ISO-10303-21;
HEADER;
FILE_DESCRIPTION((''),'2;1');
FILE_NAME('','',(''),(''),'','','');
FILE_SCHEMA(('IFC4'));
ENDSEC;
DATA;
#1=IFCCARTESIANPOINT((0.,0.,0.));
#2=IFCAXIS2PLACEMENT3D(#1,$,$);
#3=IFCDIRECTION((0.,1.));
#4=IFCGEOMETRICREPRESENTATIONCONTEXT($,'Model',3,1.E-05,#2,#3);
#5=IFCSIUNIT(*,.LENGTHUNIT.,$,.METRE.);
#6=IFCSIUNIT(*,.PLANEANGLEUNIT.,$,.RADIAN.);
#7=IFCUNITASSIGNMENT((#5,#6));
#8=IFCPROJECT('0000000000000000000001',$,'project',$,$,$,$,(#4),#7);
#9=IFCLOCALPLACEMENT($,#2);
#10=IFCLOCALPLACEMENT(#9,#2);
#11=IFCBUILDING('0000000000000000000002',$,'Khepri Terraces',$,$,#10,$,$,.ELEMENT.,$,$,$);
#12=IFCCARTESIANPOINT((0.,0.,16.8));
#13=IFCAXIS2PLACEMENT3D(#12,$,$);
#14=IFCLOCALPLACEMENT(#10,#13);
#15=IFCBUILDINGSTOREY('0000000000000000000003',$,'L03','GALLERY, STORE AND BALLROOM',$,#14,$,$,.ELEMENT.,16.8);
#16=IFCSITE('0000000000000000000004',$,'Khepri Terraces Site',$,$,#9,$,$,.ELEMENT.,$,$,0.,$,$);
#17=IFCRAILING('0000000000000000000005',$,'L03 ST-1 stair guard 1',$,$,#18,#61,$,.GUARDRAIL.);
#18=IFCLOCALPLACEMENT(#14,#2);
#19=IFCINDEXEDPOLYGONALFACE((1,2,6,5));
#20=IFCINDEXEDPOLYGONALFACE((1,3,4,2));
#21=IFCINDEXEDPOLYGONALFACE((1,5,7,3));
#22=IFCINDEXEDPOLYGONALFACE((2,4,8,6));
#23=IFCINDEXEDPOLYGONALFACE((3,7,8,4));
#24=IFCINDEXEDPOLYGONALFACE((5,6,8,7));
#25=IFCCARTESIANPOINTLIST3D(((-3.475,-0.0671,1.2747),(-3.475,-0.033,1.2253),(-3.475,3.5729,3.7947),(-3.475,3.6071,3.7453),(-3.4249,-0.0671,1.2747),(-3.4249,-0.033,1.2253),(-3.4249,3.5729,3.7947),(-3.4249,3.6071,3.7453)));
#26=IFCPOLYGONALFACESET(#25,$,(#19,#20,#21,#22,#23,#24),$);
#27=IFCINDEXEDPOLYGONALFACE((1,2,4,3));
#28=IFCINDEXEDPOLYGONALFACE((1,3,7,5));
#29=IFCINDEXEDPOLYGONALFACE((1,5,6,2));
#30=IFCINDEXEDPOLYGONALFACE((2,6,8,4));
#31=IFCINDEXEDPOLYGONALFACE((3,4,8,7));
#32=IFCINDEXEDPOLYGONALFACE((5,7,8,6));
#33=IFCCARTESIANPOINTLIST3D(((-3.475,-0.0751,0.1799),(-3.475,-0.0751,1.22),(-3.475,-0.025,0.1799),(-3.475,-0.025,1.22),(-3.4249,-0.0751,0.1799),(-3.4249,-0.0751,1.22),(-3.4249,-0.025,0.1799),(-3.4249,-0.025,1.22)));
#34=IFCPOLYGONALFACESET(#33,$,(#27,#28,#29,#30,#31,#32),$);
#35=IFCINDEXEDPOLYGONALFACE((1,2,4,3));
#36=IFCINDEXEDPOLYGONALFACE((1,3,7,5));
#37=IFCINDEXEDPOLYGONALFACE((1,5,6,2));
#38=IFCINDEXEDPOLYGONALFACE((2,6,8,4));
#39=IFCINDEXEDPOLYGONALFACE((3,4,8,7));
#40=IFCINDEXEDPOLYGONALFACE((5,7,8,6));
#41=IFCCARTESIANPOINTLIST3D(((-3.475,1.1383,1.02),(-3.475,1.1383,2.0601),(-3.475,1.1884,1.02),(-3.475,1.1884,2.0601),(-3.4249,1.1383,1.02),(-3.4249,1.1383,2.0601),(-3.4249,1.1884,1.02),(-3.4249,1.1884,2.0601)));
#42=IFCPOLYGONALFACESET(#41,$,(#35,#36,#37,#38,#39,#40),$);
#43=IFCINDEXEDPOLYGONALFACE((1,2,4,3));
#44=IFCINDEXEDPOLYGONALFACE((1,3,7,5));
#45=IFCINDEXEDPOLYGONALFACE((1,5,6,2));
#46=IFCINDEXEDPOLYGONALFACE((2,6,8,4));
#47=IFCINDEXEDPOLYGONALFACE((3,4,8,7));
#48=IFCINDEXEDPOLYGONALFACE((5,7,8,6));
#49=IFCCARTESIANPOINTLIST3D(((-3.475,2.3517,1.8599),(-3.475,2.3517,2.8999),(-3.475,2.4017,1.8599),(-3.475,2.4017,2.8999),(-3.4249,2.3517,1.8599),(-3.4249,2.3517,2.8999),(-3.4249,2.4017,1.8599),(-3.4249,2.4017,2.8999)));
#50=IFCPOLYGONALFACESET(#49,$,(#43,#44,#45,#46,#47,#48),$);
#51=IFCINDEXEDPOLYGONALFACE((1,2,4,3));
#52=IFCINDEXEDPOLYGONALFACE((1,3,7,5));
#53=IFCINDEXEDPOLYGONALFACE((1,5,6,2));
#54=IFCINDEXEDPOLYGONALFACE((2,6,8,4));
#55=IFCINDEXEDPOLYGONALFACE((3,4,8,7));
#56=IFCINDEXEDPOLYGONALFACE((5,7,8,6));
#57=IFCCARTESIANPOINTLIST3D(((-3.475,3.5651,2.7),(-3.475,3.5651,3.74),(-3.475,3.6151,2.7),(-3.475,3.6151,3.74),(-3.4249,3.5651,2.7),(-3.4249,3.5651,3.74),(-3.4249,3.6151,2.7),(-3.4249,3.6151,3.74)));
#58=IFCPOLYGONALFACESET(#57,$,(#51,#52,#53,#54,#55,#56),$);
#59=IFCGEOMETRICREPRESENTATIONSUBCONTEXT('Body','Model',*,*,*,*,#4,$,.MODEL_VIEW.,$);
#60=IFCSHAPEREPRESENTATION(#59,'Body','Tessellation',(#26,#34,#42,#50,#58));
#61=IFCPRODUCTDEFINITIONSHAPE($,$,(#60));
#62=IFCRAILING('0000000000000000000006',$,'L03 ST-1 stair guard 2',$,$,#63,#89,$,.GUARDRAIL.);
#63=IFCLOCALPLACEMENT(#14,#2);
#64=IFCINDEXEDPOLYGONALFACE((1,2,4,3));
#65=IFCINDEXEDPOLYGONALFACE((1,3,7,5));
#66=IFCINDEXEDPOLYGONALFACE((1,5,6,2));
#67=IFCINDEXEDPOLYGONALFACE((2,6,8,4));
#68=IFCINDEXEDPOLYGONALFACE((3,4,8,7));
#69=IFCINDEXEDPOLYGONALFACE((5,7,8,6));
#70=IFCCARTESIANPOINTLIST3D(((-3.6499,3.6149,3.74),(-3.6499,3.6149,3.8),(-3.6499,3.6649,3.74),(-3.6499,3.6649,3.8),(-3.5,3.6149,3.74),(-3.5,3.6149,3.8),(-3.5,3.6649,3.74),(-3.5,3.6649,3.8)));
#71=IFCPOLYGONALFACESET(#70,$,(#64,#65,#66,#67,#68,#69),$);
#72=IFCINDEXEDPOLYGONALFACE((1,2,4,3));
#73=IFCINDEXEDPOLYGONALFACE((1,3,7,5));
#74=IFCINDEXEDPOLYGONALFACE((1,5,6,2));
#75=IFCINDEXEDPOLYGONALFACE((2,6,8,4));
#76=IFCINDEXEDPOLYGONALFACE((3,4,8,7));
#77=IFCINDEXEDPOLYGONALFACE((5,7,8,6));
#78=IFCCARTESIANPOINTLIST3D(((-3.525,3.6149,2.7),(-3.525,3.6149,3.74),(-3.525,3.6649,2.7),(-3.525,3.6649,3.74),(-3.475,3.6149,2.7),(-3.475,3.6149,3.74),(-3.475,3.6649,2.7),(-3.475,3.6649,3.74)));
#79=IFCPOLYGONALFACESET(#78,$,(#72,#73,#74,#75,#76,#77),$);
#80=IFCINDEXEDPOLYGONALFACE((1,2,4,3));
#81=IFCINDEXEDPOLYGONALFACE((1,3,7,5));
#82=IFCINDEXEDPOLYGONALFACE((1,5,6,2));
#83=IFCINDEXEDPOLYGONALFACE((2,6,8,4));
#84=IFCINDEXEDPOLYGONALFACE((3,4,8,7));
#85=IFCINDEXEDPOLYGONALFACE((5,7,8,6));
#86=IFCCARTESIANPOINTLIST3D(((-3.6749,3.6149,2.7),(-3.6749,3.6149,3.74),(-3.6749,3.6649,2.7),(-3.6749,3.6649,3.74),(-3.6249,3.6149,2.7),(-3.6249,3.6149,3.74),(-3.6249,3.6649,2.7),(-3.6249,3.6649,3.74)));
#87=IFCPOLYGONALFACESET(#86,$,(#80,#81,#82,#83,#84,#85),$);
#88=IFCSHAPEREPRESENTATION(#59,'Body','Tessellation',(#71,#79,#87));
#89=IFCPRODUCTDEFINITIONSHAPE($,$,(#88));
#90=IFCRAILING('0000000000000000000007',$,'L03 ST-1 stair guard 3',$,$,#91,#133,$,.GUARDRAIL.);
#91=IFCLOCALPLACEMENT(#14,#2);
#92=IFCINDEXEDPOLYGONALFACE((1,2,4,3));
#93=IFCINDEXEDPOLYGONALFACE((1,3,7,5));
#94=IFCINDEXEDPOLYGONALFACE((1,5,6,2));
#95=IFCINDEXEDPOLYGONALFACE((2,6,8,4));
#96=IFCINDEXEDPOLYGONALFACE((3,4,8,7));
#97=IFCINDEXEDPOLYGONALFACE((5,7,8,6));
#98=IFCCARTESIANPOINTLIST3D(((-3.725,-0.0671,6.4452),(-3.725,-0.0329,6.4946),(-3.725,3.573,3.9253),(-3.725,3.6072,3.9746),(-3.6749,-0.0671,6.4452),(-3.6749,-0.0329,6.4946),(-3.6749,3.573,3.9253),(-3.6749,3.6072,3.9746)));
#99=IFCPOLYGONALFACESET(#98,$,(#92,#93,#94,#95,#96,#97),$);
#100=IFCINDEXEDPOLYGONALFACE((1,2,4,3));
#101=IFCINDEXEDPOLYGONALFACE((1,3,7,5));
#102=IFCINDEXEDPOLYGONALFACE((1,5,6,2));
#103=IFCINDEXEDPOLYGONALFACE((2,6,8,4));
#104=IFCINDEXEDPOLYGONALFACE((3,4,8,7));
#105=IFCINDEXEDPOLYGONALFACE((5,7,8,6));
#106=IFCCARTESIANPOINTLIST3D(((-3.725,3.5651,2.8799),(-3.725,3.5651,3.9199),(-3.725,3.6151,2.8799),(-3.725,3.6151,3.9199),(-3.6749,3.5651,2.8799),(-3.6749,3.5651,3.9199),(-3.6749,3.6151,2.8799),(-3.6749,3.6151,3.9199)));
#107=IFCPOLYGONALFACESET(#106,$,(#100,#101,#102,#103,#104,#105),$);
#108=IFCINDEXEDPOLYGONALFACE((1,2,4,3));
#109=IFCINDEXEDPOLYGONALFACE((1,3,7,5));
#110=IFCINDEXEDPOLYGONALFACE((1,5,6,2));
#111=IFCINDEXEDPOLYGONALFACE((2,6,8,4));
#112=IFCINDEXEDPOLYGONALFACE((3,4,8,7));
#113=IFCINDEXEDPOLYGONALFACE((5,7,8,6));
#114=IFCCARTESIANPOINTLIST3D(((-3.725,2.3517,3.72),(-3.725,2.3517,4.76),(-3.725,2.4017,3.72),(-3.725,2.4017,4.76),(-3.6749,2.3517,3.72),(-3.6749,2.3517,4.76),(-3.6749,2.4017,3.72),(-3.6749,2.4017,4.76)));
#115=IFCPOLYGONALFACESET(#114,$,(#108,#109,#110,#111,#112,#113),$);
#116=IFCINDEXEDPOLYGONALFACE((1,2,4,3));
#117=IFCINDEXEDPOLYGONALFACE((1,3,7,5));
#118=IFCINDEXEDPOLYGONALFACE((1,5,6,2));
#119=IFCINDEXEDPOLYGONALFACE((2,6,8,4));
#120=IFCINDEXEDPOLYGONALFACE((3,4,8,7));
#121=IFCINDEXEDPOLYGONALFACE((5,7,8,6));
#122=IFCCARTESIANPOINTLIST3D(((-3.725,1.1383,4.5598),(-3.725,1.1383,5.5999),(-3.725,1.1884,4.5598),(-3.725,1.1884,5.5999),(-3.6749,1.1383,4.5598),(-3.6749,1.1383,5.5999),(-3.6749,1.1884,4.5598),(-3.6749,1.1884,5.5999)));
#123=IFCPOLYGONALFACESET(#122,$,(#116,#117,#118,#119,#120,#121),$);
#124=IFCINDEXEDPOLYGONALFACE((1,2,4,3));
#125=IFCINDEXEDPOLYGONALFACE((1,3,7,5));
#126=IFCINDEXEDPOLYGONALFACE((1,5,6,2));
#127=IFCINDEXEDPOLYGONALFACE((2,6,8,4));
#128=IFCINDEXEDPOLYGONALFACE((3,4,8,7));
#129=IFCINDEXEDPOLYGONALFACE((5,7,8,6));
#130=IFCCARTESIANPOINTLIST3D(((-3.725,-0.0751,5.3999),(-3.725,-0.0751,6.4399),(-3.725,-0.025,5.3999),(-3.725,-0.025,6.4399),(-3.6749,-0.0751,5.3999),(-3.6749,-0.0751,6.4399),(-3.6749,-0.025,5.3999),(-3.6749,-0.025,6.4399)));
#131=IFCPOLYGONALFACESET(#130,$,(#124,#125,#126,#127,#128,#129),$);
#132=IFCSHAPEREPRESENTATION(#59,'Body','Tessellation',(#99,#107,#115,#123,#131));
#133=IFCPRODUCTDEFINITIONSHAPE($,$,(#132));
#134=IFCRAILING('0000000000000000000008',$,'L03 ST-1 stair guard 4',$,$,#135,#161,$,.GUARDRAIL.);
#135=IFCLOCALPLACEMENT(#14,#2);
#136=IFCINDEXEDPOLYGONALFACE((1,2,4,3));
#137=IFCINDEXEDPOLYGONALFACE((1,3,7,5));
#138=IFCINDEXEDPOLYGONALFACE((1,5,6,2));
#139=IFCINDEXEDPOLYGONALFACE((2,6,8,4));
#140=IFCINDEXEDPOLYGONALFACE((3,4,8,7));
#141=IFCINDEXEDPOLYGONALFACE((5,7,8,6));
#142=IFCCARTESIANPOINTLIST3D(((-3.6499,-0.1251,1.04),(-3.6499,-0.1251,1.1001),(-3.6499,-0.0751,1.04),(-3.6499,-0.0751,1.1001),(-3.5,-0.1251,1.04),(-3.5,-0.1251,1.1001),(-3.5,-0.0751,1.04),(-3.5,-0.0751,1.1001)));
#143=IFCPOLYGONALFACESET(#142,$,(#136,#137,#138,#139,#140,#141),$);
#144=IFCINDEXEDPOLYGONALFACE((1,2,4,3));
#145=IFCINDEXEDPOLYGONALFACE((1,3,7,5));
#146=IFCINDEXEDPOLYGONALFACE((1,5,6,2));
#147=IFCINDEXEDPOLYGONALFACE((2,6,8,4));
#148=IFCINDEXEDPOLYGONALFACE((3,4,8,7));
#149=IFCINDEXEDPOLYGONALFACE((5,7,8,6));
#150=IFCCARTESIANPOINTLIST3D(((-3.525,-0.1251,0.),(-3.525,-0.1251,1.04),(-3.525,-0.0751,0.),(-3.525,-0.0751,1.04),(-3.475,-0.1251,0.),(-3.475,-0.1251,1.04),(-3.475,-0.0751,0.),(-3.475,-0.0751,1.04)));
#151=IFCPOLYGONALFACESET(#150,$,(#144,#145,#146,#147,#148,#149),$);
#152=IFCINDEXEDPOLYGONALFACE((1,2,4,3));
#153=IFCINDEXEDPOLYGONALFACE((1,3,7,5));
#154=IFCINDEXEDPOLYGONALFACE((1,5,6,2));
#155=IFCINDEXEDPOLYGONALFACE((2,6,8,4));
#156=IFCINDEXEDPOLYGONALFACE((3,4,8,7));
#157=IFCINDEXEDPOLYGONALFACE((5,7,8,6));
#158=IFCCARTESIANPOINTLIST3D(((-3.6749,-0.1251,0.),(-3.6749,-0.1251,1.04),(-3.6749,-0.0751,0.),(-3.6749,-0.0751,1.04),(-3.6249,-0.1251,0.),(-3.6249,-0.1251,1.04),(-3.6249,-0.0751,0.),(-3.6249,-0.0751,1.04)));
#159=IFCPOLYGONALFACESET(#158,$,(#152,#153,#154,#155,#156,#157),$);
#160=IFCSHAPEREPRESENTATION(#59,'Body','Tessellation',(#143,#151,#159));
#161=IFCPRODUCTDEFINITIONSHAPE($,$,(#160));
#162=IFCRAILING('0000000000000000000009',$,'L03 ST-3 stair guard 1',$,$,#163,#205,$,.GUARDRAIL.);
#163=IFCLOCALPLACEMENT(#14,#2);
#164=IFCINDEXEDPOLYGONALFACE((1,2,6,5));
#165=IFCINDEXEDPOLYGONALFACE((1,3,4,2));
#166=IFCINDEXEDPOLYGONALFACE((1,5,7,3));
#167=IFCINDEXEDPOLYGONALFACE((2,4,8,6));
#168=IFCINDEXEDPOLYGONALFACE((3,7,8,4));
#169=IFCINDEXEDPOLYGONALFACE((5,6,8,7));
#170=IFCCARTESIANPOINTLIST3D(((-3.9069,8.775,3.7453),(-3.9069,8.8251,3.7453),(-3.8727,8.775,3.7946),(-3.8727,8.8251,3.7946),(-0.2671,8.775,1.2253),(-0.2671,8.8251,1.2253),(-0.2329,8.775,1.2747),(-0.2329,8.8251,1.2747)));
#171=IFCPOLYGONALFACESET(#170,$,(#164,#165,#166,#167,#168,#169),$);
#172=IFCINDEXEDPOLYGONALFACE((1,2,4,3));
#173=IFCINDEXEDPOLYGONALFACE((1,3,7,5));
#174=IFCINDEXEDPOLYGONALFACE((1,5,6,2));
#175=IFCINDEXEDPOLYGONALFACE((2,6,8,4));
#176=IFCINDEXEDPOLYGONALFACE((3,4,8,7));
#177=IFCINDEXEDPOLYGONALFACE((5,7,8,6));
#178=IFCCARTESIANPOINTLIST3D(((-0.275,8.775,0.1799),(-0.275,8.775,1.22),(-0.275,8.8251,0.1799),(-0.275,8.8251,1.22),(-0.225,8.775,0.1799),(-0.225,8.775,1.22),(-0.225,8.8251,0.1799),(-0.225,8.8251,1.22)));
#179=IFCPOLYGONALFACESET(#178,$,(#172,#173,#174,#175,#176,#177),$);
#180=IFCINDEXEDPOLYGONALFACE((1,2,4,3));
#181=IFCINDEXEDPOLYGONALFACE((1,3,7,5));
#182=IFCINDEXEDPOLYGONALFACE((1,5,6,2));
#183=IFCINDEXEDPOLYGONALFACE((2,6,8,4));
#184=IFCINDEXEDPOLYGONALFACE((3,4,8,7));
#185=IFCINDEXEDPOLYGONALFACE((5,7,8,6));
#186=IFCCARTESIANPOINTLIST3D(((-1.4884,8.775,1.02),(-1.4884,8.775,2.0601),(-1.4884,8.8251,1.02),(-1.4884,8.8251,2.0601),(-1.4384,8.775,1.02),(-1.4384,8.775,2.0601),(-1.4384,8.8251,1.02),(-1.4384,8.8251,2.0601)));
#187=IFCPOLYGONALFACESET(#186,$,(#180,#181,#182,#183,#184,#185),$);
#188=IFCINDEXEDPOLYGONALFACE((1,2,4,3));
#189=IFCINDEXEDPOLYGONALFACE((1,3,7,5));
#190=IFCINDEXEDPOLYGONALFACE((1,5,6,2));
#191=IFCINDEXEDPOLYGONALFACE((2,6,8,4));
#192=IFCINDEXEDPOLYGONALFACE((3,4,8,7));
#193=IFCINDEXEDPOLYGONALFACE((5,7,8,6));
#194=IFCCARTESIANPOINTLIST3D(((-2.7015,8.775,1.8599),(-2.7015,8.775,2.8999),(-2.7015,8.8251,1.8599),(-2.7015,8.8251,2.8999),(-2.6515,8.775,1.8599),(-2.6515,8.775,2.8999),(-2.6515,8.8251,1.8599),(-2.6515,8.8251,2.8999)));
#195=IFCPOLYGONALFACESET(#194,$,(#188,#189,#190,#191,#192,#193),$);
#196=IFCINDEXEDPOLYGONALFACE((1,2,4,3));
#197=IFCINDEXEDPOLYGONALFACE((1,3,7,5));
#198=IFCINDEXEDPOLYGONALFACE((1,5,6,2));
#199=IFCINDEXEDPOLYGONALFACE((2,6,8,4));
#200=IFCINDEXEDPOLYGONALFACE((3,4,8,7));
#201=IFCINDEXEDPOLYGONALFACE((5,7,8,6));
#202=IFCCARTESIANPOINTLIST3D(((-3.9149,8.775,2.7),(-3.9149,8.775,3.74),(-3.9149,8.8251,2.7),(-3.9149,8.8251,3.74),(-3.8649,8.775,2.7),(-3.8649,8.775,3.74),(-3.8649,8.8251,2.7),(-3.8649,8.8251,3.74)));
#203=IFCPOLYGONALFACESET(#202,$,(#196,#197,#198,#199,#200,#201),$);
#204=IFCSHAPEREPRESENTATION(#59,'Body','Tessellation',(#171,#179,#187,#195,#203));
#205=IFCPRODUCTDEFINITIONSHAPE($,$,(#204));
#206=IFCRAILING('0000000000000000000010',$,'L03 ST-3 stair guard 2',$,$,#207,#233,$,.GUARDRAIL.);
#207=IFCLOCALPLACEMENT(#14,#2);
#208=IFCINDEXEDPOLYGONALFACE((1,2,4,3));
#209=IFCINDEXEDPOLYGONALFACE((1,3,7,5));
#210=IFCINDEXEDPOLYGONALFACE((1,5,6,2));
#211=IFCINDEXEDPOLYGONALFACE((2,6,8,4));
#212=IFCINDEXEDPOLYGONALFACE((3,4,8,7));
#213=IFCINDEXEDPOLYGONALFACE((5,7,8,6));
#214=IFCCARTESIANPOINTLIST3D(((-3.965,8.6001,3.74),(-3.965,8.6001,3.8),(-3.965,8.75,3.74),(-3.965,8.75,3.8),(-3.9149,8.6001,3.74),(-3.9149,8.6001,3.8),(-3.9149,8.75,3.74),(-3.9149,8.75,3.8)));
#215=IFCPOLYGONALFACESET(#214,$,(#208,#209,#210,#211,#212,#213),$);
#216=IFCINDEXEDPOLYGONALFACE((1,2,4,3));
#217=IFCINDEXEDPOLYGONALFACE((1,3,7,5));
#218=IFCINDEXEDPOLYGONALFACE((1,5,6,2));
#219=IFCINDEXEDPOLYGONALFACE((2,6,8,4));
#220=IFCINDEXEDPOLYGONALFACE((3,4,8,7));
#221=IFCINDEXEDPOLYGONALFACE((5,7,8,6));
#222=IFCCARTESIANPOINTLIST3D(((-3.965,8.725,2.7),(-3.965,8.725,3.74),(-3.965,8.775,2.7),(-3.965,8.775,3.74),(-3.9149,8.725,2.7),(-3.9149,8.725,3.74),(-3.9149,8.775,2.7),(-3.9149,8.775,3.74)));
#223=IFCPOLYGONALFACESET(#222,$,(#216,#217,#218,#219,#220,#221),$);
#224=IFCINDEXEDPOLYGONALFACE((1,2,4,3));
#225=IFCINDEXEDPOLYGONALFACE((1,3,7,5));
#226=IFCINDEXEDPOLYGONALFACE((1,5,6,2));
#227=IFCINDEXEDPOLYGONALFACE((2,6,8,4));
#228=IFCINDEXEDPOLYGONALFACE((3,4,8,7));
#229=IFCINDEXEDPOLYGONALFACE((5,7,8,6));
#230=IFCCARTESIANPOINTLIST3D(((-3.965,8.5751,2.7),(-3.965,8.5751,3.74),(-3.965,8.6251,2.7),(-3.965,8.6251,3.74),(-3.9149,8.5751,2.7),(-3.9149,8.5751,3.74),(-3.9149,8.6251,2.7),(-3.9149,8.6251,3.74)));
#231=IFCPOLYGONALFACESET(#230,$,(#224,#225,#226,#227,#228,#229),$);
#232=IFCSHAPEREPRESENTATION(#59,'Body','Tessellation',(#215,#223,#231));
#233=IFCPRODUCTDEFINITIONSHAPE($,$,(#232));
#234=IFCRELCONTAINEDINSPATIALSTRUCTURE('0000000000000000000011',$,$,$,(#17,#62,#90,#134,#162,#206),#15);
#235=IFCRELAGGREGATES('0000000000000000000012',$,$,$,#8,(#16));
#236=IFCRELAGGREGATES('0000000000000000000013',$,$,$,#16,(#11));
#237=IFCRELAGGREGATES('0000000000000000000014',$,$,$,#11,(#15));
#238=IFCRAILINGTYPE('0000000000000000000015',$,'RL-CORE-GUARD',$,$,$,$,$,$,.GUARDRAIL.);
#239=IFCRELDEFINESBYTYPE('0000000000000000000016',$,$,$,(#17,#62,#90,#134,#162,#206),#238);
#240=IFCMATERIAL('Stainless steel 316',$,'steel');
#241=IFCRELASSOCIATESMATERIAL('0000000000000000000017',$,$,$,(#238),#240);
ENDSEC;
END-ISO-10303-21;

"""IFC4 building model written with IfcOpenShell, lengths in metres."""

from ifc_helpers import new_model, si_unit, direction, frame, origin, origin_2d, place, context, subcontext, project, spatial, rectangle, extrude, material, type_object, element, save


model = new_model("IFC4")

# Units and contexts
model_context = context("Model", 3, precision=1e-05, world=origin(), true_north=direction((0.0, 1.0)))
body_context = subcontext(model_context, "Body", "Model", "MODEL_VIEW")
ifc_project = project(units=[si_unit("LENGTHUNIT", "METRE"), si_unit("PLANEANGLEUNIT", "RADIAN")], contexts=[model_context])

# Site, building, storey
site_placement = place(None, origin())
site = spatial("IfcSite", under=ifc_project, at=site_placement, Name="Khepri Terraces Site", CompositionType="ELEMENT", RefElevation=0.0)
building_placement = place(site_placement, origin())
building = spatial("IfcBuilding", under=site, at=building_placement, Name="Khepri Terraces", CompositionType="ELEMENT")
storey_placement = place(building_placement, frame((0.0, 0.0, 16.8)))
storey = spatial("IfcBuildingStorey", under=building, at=storey_placement, Name="L03", Description="GALLERY, STORE AND BALLROOM", CompositionType="ELEMENT", Elevation=16.8)

# Railings
ifc_material_1 = material(Name="Stainless steel 316", Category="steel")
railing_type_1 = type_object("IfcRailingType", Name="RL-CORE-GUARD", PredefinedType="GUARDRAIL", material=ifc_material_1)
railing_1_placement = place(storey_placement, frame((-3.45, -0.05, 0.1799)))
element("IfcRailing", 1, at=railing_1_placement, inside=storey, type_object=railing_type_1, Name="L03 ST-1 stair guard 1", PredefinedType="GUARDRAIL", context=body_context, shape_type="SweptSolid", body=[
    extrude(rectangle(XDim=0.05, YDim=0.0601, at=origin_2d()), frame((0.0, 0.0, 1.0701), z_axis=(0.0, 0.8222, 0.569199), x_axis=(-1.0, 0.0, 0.0)), (0.0, 0.0, 1.0), 4.4272),
    extrude(rectangle(XDim=0.05, YDim=0.05, at=origin_2d()), origin(), (0.0, 0.0, 1.0), 1.04),
    extrude(rectangle(XDim=0.05, YDim=0.05, at=origin_2d()), frame((0.0, 1.2134, 0.8401)), (0.0, 0.0, 1.0), 1.04),
    extrude(rectangle(XDim=0.05, YDim=0.05, at=origin_2d()), frame((0.0, 2.4268, 1.6799)), (0.0, 0.0, 1.0), 1.04),
    extrude(rectangle(XDim=0.05, YDim=0.05, at=origin_2d()), frame((0.0, 3.6401, 2.52)), (0.0, 0.0, 1.0), 1.04),
])
railing_2_placement = place(storey_placement, frame((-3.5, 3.6399, 2.7)))
element("IfcRailing", 2, at=railing_2_placement, inside=storey, type_object=railing_type_1, Name="L03 ST-1 stair guard 2", PredefinedType="GUARDRAIL", context=body_context, shape_type="SweptSolid", body=[
    extrude(rectangle(XDim=0.05, YDim=0.0601, at=origin_2d()), frame((0.0, 0.0, 1.0701), z_axis=(-1.0, 0.0, 0.0), x_axis=(0.0, -1.0, 0.0)), (0.0, 0.0, 1.0), 0.1499),
    extrude(rectangle(XDim=0.05, YDim=0.05, at=origin_2d()), origin(), (0.0, 0.0, 1.0), 1.04),
    extrude(rectangle(XDim=0.05, YDim=0.05, at=origin_2d()), frame((-0.1499, 0.0, 0.0)), (0.0, 0.0, 1.0), 1.04),
])
railing_3_placement = place(storey_placement, frame((-3.7, 3.5901, 2.8799)))
element("IfcRailing", 3, at=railing_3_placement, inside=storey, type_object=railing_type_1, Name="L03 ST-1 stair guard 3", PredefinedType="GUARDRAIL", context=body_context, shape_type="SweptSolid", body=[
    extrude(rectangle(XDim=0.05, YDim=0.0601, at=origin_2d()), frame((0.0, 0.0, 1.0701), z_axis=(0.0, -0.8222, 0.569199), x_axis=(1.0, 0.0, 0.0)), (0.0, 0.0, 1.0), 4.4272),
    extrude(rectangle(XDim=0.05, YDim=0.05, at=origin_2d()), origin(), (0.0, 0.0, 1.0), 1.04),
    extrude(rectangle(XDim=0.05, YDim=0.05, at=origin_2d()), frame((0.0, -1.2134, 0.8401)), (0.0, 0.0, 1.0), 1.04),
    extrude(rectangle(XDim=0.05, YDim=0.05, at=origin_2d()), frame((0.0, -2.4268, 1.6799)), (0.0, 0.0, 1.0), 1.04),
    extrude(rectangle(XDim=0.05, YDim=0.05, at=origin_2d()), frame((0.0, -3.6401, 2.52)), (0.0, 0.0, 1.0), 1.04),
])
railing_4_placement = place(storey_placement, frame((-3.5, -0.1001, 0.0)))
element("IfcRailing", 4, at=railing_4_placement, inside=storey, type_object=railing_type_1, Name="L03 ST-1 stair guard 4", PredefinedType="GUARDRAIL", context=body_context, shape_type="SweptSolid", body=[
    extrude(rectangle(XDim=0.05, YDim=0.0601, at=origin_2d()), frame((0.0, 0.0, 1.0701), z_axis=(-1.0, 0.0, 0.0), x_axis=(0.0, -1.0, 0.0)), (0.0, 0.0, 1.0), 0.1499),
    extrude(rectangle(XDim=0.05, YDim=0.05, at=origin_2d()), origin(), (0.0, 0.0, 1.0), 1.04),
    extrude(rectangle(XDim=0.05, YDim=0.05, at=origin_2d()), frame((-0.1499, 0.0, 0.0)), (0.0, 0.0, 1.0), 1.04),
])
railing_5_placement = place(storey_placement, frame((-0.25, 8.8, 0.1799)))
element("IfcRailing", 5, at=railing_5_placement, inside=storey, type_object=railing_type_1, Name="L03 ST-3 stair guard 1", PredefinedType="GUARDRAIL", context=body_context, shape_type="SweptSolid", body=[
    extrude(rectangle(XDim=0.05, YDim=0.0601, at=origin_2d()), frame((0.0, 0.0, 1.0701), z_axis=(-0.822182, 0.0, 0.569224), x_axis=(0.0, -1.0, 0.0)), (0.0, 0.0, 1.0), 4.427),
    extrude(rectangle(XDim=0.05, YDim=0.05, at=origin_2d()), origin(), (0.0, 0.0, 1.0), 1.04),
    extrude(rectangle(XDim=0.05, YDim=0.05, at=origin_2d()), frame((-1.2134, 0.0, 0.8401)), (0.0, 0.0, 1.0), 1.04),
    extrude(rectangle(XDim=0.05, YDim=0.05, at=origin_2d()), frame((-2.4265, 0.0, 1.6799)), (0.0, 0.0, 1.0), 1.04),
    extrude(rectangle(XDim=0.05, YDim=0.05, at=origin_2d()), frame((-3.6399, 0.0, 2.52)), (0.0, 0.0, 1.0), 1.04),
])
railing_6_placement = place(storey_placement, frame((-3.9399, 8.75, 2.7)))
element("IfcRailing", 6, at=railing_6_placement, inside=storey, type_object=railing_type_1, Name="L03 ST-3 stair guard 2", PredefinedType="GUARDRAIL", context=body_context, shape_type="SweptSolid", body=[
    extrude(rectangle(XDim=0.05, YDim=0.0601, at=origin_2d()), frame((0.0, 0.0, 1.0701), z_axis=(0.0, -1.0, 0.0), x_axis=(1.0, 0.0, 0.0)), (0.0, 0.0, 1.0), 0.1499),
    extrude(rectangle(XDim=0.05, YDim=0.05, at=origin_2d()), origin(), (0.0, 0.0, 1.0), 1.04),
    extrude(rectangle(XDim=0.05, YDim=0.05, at=origin_2d()), frame((0.0, -0.1499, 0.0)), (0.0, 0.0, 1.0), 1.04),
])

save(model, "model.ifc")
